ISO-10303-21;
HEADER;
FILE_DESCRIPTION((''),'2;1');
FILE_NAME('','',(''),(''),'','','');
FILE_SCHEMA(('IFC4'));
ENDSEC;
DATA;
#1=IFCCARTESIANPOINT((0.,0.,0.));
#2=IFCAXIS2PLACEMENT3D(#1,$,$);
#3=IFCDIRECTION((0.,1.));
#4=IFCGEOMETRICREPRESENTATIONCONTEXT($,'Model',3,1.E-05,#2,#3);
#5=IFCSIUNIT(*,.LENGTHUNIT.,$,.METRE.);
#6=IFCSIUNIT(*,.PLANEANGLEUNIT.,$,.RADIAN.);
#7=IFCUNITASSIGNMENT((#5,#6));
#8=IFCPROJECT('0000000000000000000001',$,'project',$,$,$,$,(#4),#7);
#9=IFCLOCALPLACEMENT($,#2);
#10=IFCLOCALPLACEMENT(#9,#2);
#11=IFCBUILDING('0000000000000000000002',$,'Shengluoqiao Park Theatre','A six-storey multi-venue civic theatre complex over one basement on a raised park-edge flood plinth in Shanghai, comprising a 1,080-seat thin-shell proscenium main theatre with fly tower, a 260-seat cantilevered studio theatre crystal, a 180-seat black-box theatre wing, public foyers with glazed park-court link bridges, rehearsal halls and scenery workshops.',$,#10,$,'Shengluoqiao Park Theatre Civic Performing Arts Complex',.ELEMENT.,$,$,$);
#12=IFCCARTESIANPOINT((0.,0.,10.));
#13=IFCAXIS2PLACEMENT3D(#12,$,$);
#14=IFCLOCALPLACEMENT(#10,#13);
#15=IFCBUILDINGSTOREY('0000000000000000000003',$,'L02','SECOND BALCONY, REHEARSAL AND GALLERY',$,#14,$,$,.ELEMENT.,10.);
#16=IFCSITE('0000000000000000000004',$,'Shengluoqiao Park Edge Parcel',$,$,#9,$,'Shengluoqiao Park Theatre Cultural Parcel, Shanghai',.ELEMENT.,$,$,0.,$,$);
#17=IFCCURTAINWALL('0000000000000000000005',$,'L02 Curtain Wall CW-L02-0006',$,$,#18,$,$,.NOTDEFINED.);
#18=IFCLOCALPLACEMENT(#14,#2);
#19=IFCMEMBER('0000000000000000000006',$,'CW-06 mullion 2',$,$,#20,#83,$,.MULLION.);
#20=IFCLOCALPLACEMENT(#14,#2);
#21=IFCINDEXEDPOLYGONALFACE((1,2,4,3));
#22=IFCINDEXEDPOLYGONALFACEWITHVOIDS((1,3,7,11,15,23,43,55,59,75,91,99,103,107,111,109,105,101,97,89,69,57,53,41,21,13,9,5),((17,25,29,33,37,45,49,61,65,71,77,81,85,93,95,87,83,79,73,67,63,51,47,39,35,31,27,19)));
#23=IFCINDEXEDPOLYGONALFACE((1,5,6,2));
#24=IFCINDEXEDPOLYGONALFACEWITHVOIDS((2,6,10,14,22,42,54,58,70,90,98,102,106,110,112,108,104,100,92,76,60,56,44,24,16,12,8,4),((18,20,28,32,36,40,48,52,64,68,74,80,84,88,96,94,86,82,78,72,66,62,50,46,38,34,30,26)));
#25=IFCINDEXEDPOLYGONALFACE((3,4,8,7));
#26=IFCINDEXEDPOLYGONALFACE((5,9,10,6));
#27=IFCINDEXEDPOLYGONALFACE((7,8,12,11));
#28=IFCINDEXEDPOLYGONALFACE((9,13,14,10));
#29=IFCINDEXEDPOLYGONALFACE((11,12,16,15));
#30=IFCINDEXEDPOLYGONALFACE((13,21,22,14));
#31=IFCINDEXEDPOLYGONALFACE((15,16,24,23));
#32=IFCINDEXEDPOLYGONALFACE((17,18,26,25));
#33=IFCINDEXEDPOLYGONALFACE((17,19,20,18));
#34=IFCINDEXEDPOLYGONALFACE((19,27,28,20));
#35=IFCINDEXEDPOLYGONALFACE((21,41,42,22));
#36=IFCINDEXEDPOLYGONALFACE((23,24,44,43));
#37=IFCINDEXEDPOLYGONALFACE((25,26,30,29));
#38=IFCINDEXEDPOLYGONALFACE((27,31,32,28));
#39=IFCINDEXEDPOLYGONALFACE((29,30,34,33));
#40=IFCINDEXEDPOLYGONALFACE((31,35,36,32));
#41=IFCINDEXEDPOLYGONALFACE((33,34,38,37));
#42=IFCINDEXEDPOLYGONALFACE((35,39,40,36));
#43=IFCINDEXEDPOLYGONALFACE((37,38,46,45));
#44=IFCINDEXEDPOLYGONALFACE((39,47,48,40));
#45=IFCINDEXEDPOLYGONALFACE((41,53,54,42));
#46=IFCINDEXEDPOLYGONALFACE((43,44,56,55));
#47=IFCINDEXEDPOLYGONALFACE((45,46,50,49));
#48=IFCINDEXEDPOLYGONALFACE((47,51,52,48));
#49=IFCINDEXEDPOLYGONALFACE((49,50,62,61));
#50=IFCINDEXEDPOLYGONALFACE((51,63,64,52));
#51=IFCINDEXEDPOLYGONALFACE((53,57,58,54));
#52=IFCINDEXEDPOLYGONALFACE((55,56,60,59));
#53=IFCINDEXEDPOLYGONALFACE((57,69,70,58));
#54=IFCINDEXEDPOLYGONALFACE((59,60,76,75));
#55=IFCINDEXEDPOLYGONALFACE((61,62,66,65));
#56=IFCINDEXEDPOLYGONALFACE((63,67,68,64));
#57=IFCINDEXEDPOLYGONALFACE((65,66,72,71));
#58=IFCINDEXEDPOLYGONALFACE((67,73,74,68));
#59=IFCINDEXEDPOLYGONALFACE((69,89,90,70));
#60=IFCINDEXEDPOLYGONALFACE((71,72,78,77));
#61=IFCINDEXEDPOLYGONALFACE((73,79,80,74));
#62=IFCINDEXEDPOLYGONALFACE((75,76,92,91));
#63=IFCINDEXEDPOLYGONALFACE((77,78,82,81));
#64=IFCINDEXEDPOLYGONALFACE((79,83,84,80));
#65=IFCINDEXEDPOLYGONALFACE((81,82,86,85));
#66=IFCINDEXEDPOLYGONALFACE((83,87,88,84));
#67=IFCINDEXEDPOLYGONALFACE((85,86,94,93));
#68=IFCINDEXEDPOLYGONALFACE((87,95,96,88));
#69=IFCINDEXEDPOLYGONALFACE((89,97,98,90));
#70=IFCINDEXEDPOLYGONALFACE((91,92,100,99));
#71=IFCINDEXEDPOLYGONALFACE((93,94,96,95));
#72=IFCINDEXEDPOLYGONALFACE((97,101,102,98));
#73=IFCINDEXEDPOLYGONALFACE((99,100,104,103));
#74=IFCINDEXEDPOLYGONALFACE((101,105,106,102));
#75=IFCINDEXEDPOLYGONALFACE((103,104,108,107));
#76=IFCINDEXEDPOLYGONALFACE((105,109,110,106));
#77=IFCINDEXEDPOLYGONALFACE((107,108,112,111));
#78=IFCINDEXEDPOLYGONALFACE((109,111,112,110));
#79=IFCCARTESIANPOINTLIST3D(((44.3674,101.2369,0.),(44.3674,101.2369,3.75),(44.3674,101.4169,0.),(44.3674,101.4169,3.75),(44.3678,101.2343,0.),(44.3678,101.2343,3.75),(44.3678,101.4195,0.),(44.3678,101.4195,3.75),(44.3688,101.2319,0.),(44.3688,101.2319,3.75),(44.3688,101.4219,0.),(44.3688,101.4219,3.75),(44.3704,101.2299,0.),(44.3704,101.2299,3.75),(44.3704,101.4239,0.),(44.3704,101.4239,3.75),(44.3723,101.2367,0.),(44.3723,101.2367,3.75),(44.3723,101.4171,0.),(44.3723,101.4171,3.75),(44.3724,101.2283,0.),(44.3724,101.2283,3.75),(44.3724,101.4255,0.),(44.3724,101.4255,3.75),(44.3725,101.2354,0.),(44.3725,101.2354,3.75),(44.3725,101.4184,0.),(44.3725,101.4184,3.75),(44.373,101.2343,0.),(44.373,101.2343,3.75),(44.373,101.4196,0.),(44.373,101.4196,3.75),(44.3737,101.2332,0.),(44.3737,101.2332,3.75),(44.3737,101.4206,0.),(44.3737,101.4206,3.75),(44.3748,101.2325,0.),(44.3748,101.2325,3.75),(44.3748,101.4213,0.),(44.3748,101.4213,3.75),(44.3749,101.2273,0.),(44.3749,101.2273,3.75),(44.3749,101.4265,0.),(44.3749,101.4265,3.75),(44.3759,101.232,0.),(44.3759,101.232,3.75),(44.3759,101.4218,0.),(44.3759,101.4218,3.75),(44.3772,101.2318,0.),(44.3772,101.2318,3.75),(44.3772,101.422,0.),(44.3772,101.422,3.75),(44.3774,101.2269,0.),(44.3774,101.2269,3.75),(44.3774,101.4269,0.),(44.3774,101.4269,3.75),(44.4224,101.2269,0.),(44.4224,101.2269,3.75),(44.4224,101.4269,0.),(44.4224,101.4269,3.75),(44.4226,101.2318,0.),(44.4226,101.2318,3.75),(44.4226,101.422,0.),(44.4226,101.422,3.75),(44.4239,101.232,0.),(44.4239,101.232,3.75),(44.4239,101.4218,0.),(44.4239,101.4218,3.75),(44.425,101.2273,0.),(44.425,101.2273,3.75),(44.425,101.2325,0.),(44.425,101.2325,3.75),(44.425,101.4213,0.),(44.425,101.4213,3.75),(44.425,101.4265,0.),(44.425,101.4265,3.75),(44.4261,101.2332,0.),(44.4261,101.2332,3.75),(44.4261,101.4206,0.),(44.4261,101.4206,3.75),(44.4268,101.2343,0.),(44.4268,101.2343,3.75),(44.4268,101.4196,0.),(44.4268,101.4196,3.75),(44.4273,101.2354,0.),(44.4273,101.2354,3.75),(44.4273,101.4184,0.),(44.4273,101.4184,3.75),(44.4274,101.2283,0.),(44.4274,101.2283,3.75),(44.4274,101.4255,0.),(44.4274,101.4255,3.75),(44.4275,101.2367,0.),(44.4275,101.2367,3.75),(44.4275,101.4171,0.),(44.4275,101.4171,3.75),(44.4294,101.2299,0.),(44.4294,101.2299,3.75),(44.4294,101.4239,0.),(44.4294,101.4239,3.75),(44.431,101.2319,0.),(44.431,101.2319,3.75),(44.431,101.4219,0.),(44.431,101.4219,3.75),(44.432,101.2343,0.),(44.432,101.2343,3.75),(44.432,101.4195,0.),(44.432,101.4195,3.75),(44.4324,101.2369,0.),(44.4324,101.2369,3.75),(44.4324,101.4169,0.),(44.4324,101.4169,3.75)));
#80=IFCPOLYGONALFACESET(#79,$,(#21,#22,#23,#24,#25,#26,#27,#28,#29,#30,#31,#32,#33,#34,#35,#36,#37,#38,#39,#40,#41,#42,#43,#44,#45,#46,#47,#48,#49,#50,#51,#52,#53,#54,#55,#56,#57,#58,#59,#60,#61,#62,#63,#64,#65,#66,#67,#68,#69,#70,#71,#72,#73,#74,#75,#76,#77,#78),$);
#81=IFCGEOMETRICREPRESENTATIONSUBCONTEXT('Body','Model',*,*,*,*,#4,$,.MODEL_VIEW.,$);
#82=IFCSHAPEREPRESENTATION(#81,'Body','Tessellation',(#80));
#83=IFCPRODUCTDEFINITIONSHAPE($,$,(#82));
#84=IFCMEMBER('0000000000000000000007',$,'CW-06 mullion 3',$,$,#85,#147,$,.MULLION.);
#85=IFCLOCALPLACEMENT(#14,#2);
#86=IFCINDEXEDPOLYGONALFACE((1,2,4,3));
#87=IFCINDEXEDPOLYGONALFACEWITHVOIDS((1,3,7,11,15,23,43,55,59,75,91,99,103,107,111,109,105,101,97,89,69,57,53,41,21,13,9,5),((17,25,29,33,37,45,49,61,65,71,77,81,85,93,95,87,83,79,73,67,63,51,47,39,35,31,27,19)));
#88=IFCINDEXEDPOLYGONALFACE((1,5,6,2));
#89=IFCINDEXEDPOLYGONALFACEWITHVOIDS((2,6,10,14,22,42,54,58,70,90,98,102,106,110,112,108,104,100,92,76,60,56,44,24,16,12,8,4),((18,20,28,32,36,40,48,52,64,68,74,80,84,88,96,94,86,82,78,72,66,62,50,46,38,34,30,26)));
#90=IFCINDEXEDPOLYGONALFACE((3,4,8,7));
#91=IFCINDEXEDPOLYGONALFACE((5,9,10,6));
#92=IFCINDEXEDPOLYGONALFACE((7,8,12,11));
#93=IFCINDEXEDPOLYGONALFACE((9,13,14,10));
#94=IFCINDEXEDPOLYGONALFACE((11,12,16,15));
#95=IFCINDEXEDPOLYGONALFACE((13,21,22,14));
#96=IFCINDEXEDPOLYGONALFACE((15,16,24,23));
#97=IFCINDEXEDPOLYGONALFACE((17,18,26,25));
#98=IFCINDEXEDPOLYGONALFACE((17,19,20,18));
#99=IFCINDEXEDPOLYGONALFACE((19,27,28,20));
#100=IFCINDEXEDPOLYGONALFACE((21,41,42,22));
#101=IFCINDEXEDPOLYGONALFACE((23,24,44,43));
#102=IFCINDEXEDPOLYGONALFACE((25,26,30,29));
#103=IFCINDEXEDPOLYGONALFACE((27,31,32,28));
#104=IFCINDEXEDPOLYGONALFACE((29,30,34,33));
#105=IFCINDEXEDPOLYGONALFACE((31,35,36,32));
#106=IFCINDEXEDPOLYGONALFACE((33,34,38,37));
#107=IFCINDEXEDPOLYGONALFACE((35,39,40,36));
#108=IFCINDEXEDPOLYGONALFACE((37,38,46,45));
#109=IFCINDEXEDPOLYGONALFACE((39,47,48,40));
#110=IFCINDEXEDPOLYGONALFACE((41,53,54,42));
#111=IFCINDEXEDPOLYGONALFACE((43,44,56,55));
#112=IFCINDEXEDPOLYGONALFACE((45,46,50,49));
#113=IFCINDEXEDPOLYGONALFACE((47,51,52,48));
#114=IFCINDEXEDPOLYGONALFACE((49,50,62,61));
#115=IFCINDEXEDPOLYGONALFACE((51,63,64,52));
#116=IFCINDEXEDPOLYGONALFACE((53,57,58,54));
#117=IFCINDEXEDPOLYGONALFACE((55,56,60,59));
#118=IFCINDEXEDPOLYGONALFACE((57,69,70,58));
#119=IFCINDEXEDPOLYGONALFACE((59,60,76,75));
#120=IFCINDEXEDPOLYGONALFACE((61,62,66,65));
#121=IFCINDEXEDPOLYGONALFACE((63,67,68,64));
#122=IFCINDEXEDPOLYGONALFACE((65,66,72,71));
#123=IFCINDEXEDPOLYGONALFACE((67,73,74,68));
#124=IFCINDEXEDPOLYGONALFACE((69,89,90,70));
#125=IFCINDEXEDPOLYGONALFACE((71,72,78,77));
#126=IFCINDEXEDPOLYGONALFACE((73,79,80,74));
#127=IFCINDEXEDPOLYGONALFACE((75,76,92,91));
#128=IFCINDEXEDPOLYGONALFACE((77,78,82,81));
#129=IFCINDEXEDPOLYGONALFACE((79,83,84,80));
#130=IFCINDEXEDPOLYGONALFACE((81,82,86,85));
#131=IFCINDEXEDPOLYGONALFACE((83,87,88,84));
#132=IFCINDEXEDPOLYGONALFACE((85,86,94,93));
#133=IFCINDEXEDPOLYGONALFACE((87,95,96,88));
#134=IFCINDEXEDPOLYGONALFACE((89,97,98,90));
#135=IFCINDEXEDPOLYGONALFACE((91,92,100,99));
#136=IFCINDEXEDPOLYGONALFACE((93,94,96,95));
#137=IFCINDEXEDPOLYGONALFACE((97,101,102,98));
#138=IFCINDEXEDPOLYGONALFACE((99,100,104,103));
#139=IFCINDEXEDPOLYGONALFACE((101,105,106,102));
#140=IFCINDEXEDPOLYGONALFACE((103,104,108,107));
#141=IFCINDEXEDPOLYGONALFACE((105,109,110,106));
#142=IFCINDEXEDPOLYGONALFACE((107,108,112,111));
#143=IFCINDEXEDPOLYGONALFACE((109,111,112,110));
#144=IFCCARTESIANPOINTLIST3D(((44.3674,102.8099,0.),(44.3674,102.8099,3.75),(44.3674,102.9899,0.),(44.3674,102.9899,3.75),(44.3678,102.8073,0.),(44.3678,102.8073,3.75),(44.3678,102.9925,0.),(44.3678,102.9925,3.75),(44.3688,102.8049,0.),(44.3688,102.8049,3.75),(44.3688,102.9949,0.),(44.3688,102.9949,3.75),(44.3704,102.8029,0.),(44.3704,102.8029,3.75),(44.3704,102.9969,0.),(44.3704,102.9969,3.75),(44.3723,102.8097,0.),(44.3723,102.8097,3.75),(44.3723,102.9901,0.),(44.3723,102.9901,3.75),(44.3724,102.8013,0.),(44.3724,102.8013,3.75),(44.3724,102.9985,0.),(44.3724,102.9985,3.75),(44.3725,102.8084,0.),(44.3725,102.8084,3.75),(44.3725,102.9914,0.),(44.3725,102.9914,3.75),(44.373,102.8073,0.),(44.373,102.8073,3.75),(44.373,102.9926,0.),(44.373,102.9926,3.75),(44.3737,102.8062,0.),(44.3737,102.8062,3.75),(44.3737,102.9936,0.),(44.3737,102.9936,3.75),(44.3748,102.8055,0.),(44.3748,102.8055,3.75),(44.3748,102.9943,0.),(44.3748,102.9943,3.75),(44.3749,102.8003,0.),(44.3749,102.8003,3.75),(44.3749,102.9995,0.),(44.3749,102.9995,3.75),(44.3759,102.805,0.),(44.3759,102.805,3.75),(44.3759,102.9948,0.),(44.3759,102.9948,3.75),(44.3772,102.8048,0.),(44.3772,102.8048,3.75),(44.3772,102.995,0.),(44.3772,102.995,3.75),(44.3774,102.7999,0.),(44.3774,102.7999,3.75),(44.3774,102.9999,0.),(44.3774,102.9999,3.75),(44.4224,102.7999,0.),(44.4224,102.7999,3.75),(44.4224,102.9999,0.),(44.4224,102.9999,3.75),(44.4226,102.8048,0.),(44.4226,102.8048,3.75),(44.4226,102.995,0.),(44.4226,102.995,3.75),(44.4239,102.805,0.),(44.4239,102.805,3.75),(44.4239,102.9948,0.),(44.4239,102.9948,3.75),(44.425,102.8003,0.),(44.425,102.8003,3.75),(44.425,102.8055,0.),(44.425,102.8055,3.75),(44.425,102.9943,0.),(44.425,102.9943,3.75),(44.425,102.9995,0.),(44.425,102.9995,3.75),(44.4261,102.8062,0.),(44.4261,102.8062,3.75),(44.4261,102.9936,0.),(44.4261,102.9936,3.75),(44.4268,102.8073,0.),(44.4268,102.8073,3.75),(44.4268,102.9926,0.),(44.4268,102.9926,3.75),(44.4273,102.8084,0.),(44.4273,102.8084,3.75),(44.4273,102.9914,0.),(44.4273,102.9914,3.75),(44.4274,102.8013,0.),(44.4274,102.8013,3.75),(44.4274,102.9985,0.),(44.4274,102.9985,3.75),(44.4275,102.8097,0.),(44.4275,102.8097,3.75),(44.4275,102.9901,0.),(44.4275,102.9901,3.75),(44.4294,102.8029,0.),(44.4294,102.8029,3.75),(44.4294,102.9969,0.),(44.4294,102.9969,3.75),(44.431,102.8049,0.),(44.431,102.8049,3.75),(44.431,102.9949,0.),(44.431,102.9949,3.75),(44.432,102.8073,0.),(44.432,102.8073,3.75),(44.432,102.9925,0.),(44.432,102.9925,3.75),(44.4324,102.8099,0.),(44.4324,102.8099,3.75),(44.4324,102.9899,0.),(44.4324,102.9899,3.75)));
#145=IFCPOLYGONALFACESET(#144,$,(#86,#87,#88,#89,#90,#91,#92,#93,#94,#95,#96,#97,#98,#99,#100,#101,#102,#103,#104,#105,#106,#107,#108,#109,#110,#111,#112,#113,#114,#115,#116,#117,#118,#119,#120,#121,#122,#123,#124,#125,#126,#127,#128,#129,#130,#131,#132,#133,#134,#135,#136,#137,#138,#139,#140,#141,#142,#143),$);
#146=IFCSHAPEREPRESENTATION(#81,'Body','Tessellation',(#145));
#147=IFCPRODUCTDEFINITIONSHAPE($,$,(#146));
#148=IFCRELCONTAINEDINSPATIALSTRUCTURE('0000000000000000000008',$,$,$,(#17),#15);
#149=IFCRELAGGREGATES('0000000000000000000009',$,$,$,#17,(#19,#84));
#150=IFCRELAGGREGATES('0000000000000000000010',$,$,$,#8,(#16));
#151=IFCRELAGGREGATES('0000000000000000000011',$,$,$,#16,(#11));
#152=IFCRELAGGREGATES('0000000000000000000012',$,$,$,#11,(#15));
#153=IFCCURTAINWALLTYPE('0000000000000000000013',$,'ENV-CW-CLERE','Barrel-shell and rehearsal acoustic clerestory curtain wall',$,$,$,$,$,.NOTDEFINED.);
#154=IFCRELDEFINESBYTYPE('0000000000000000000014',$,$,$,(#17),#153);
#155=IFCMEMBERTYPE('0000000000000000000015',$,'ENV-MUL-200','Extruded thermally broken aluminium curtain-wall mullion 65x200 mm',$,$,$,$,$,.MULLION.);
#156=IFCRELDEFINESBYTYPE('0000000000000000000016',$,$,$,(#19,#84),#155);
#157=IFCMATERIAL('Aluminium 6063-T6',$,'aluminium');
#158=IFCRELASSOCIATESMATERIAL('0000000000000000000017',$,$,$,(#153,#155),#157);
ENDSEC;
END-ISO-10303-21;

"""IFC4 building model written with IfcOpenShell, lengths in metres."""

from ifc_helpers import new_model, si_unit, direction, frame, origin, origin_2d, place, context, subcontext, project, spatial, hollow_rectangle, extrude, material, material_profile, profile_set, type_object, element, aggregate, save


model = new_model("IFC4")

# Units and contexts
model_context = context("Model", 3, precision=1e-05, world=origin(), true_north=direction((0.0, 1.0)))
body_context = subcontext(model_context, "Body", "Model", "MODEL_VIEW")
ifc_project = project(units=[si_unit("LENGTHUNIT", "METRE"), si_unit("PLANEANGLEUNIT", "RADIAN")], contexts=[model_context])

# Site, building, storey
site_placement = place(None, origin())
site = spatial("IfcSite", under=ifc_project, at=site_placement, Name="Shengluoqiao Park Edge Parcel", LongName="Shengluoqiao Park Theatre Cultural Parcel, Shanghai", CompositionType="ELEMENT", RefElevation=0.0)
building_placement = place(site_placement, origin())
building = spatial("IfcBuilding", under=site, at=building_placement, Name="Shengluoqiao Park Theatre", Description="A six-storey multi-venue civic theatre complex over one basement on a raised park-edge flood plinth in Shanghai, comprising a 1,080-seat thin-shell proscenium main theatre with fly tower, a 260-seat cantilevered studio theatre crystal, a 180-seat black-box theatre wing, public foyers with glazed park-court link bridges, rehearsal halls and scenery workshops.", LongName="Shengluoqiao Park Theatre Civic Performing Arts Complex", CompositionType="ELEMENT")
storey_placement = place(building_placement, frame((0.0, 0.0, 10.0)))
storey = spatial("IfcBuildingStorey", under=building, at=storey_placement, Name="L02", Description="SECOND BALCONY, REHEARSAL AND GALLERY", CompositionType="ELEMENT", Elevation=10.0)

# Curtain wall, members
ifc_material_1 = material(Name="Aluminium 6063-T6", Category="aluminium")
curtain_wall_type = type_object("IfcCurtainWallType", Name="ENV-CW-CLERE", Description="Barrel-shell and rehearsal acoustic clerestory curtain wall", PredefinedType="NOTDEFINED", material=ifc_material_1)
curtain_wall_placement = place(storey_placement, origin())
curtain_wall = element("IfcCurtainWall", 1, at=curtain_wall_placement, inside=storey, type_object=curtain_wall_type, Name="L02 Curtain Wall CW-L02-0006", PredefinedType="NOTDEFINED")
ifc_material_profile_1 = material_profile(ifc_material_1, hollow_rectangle(XDim=0.0649, YDim=0.2, WallThickness=0.0049, InnerFilletRadius=0.0049, OuterFilletRadius=0.01, at=origin_2d()), Name="ALU MULLION 200x65x5")
ifc_profile_set_1 = profile_set([ifc_material_profile_1], Name="Aluminium 6063-T6")
member_type_1 = type_object("IfcMemberType", Name="ENV-MUL-200", Description="Extruded thermally broken aluminium curtain-wall mullion 65x200 mm", PredefinedType="MULLION", material=ifc_profile_set_1)
member_1_placement = place(storey_placement, frame((44.3999, 101.3269, 0.0), z_axis=(0.0, 0.0, 1.0), x_axis=(-1.0, 0.0, 0.0)))
member_1 = element("IfcMember", 2, at=member_1_placement, type_object=member_type_1, Name="CW-06 mullion 2", PredefinedType="MULLION", context=body_context, shape_type="SweptSolid", body=[
    extrude(hollow_rectangle(XDim=0.0649, YDim=0.2, WallThickness=0.0049, InnerFilletRadius=0.0049, OuterFilletRadius=0.01, at=origin_2d()), origin(), (0.0, 0.0, 1.0), 3.75),
])
member_2_placement = place(storey_placement, frame((44.3999, 102.8999, 0.0), z_axis=(0.0, 0.0, 1.0), x_axis=(-1.0, 0.0, 0.0)))
member_2 = element("IfcMember", 3, at=member_2_placement, type_object=member_type_1, Name="CW-06 mullion 3", PredefinedType="MULLION", context=body_context, shape_type="SweptSolid", body=[
    extrude(hollow_rectangle(XDim=0.0649, YDim=0.2, WallThickness=0.0049, InnerFilletRadius=0.0049, OuterFilletRadius=0.01, at=origin_2d()), origin(), (0.0, 0.0, 1.0), 3.75),
])
aggregate(curtain_wall, [member_1, member_2])

save(model, "model.ifc")
